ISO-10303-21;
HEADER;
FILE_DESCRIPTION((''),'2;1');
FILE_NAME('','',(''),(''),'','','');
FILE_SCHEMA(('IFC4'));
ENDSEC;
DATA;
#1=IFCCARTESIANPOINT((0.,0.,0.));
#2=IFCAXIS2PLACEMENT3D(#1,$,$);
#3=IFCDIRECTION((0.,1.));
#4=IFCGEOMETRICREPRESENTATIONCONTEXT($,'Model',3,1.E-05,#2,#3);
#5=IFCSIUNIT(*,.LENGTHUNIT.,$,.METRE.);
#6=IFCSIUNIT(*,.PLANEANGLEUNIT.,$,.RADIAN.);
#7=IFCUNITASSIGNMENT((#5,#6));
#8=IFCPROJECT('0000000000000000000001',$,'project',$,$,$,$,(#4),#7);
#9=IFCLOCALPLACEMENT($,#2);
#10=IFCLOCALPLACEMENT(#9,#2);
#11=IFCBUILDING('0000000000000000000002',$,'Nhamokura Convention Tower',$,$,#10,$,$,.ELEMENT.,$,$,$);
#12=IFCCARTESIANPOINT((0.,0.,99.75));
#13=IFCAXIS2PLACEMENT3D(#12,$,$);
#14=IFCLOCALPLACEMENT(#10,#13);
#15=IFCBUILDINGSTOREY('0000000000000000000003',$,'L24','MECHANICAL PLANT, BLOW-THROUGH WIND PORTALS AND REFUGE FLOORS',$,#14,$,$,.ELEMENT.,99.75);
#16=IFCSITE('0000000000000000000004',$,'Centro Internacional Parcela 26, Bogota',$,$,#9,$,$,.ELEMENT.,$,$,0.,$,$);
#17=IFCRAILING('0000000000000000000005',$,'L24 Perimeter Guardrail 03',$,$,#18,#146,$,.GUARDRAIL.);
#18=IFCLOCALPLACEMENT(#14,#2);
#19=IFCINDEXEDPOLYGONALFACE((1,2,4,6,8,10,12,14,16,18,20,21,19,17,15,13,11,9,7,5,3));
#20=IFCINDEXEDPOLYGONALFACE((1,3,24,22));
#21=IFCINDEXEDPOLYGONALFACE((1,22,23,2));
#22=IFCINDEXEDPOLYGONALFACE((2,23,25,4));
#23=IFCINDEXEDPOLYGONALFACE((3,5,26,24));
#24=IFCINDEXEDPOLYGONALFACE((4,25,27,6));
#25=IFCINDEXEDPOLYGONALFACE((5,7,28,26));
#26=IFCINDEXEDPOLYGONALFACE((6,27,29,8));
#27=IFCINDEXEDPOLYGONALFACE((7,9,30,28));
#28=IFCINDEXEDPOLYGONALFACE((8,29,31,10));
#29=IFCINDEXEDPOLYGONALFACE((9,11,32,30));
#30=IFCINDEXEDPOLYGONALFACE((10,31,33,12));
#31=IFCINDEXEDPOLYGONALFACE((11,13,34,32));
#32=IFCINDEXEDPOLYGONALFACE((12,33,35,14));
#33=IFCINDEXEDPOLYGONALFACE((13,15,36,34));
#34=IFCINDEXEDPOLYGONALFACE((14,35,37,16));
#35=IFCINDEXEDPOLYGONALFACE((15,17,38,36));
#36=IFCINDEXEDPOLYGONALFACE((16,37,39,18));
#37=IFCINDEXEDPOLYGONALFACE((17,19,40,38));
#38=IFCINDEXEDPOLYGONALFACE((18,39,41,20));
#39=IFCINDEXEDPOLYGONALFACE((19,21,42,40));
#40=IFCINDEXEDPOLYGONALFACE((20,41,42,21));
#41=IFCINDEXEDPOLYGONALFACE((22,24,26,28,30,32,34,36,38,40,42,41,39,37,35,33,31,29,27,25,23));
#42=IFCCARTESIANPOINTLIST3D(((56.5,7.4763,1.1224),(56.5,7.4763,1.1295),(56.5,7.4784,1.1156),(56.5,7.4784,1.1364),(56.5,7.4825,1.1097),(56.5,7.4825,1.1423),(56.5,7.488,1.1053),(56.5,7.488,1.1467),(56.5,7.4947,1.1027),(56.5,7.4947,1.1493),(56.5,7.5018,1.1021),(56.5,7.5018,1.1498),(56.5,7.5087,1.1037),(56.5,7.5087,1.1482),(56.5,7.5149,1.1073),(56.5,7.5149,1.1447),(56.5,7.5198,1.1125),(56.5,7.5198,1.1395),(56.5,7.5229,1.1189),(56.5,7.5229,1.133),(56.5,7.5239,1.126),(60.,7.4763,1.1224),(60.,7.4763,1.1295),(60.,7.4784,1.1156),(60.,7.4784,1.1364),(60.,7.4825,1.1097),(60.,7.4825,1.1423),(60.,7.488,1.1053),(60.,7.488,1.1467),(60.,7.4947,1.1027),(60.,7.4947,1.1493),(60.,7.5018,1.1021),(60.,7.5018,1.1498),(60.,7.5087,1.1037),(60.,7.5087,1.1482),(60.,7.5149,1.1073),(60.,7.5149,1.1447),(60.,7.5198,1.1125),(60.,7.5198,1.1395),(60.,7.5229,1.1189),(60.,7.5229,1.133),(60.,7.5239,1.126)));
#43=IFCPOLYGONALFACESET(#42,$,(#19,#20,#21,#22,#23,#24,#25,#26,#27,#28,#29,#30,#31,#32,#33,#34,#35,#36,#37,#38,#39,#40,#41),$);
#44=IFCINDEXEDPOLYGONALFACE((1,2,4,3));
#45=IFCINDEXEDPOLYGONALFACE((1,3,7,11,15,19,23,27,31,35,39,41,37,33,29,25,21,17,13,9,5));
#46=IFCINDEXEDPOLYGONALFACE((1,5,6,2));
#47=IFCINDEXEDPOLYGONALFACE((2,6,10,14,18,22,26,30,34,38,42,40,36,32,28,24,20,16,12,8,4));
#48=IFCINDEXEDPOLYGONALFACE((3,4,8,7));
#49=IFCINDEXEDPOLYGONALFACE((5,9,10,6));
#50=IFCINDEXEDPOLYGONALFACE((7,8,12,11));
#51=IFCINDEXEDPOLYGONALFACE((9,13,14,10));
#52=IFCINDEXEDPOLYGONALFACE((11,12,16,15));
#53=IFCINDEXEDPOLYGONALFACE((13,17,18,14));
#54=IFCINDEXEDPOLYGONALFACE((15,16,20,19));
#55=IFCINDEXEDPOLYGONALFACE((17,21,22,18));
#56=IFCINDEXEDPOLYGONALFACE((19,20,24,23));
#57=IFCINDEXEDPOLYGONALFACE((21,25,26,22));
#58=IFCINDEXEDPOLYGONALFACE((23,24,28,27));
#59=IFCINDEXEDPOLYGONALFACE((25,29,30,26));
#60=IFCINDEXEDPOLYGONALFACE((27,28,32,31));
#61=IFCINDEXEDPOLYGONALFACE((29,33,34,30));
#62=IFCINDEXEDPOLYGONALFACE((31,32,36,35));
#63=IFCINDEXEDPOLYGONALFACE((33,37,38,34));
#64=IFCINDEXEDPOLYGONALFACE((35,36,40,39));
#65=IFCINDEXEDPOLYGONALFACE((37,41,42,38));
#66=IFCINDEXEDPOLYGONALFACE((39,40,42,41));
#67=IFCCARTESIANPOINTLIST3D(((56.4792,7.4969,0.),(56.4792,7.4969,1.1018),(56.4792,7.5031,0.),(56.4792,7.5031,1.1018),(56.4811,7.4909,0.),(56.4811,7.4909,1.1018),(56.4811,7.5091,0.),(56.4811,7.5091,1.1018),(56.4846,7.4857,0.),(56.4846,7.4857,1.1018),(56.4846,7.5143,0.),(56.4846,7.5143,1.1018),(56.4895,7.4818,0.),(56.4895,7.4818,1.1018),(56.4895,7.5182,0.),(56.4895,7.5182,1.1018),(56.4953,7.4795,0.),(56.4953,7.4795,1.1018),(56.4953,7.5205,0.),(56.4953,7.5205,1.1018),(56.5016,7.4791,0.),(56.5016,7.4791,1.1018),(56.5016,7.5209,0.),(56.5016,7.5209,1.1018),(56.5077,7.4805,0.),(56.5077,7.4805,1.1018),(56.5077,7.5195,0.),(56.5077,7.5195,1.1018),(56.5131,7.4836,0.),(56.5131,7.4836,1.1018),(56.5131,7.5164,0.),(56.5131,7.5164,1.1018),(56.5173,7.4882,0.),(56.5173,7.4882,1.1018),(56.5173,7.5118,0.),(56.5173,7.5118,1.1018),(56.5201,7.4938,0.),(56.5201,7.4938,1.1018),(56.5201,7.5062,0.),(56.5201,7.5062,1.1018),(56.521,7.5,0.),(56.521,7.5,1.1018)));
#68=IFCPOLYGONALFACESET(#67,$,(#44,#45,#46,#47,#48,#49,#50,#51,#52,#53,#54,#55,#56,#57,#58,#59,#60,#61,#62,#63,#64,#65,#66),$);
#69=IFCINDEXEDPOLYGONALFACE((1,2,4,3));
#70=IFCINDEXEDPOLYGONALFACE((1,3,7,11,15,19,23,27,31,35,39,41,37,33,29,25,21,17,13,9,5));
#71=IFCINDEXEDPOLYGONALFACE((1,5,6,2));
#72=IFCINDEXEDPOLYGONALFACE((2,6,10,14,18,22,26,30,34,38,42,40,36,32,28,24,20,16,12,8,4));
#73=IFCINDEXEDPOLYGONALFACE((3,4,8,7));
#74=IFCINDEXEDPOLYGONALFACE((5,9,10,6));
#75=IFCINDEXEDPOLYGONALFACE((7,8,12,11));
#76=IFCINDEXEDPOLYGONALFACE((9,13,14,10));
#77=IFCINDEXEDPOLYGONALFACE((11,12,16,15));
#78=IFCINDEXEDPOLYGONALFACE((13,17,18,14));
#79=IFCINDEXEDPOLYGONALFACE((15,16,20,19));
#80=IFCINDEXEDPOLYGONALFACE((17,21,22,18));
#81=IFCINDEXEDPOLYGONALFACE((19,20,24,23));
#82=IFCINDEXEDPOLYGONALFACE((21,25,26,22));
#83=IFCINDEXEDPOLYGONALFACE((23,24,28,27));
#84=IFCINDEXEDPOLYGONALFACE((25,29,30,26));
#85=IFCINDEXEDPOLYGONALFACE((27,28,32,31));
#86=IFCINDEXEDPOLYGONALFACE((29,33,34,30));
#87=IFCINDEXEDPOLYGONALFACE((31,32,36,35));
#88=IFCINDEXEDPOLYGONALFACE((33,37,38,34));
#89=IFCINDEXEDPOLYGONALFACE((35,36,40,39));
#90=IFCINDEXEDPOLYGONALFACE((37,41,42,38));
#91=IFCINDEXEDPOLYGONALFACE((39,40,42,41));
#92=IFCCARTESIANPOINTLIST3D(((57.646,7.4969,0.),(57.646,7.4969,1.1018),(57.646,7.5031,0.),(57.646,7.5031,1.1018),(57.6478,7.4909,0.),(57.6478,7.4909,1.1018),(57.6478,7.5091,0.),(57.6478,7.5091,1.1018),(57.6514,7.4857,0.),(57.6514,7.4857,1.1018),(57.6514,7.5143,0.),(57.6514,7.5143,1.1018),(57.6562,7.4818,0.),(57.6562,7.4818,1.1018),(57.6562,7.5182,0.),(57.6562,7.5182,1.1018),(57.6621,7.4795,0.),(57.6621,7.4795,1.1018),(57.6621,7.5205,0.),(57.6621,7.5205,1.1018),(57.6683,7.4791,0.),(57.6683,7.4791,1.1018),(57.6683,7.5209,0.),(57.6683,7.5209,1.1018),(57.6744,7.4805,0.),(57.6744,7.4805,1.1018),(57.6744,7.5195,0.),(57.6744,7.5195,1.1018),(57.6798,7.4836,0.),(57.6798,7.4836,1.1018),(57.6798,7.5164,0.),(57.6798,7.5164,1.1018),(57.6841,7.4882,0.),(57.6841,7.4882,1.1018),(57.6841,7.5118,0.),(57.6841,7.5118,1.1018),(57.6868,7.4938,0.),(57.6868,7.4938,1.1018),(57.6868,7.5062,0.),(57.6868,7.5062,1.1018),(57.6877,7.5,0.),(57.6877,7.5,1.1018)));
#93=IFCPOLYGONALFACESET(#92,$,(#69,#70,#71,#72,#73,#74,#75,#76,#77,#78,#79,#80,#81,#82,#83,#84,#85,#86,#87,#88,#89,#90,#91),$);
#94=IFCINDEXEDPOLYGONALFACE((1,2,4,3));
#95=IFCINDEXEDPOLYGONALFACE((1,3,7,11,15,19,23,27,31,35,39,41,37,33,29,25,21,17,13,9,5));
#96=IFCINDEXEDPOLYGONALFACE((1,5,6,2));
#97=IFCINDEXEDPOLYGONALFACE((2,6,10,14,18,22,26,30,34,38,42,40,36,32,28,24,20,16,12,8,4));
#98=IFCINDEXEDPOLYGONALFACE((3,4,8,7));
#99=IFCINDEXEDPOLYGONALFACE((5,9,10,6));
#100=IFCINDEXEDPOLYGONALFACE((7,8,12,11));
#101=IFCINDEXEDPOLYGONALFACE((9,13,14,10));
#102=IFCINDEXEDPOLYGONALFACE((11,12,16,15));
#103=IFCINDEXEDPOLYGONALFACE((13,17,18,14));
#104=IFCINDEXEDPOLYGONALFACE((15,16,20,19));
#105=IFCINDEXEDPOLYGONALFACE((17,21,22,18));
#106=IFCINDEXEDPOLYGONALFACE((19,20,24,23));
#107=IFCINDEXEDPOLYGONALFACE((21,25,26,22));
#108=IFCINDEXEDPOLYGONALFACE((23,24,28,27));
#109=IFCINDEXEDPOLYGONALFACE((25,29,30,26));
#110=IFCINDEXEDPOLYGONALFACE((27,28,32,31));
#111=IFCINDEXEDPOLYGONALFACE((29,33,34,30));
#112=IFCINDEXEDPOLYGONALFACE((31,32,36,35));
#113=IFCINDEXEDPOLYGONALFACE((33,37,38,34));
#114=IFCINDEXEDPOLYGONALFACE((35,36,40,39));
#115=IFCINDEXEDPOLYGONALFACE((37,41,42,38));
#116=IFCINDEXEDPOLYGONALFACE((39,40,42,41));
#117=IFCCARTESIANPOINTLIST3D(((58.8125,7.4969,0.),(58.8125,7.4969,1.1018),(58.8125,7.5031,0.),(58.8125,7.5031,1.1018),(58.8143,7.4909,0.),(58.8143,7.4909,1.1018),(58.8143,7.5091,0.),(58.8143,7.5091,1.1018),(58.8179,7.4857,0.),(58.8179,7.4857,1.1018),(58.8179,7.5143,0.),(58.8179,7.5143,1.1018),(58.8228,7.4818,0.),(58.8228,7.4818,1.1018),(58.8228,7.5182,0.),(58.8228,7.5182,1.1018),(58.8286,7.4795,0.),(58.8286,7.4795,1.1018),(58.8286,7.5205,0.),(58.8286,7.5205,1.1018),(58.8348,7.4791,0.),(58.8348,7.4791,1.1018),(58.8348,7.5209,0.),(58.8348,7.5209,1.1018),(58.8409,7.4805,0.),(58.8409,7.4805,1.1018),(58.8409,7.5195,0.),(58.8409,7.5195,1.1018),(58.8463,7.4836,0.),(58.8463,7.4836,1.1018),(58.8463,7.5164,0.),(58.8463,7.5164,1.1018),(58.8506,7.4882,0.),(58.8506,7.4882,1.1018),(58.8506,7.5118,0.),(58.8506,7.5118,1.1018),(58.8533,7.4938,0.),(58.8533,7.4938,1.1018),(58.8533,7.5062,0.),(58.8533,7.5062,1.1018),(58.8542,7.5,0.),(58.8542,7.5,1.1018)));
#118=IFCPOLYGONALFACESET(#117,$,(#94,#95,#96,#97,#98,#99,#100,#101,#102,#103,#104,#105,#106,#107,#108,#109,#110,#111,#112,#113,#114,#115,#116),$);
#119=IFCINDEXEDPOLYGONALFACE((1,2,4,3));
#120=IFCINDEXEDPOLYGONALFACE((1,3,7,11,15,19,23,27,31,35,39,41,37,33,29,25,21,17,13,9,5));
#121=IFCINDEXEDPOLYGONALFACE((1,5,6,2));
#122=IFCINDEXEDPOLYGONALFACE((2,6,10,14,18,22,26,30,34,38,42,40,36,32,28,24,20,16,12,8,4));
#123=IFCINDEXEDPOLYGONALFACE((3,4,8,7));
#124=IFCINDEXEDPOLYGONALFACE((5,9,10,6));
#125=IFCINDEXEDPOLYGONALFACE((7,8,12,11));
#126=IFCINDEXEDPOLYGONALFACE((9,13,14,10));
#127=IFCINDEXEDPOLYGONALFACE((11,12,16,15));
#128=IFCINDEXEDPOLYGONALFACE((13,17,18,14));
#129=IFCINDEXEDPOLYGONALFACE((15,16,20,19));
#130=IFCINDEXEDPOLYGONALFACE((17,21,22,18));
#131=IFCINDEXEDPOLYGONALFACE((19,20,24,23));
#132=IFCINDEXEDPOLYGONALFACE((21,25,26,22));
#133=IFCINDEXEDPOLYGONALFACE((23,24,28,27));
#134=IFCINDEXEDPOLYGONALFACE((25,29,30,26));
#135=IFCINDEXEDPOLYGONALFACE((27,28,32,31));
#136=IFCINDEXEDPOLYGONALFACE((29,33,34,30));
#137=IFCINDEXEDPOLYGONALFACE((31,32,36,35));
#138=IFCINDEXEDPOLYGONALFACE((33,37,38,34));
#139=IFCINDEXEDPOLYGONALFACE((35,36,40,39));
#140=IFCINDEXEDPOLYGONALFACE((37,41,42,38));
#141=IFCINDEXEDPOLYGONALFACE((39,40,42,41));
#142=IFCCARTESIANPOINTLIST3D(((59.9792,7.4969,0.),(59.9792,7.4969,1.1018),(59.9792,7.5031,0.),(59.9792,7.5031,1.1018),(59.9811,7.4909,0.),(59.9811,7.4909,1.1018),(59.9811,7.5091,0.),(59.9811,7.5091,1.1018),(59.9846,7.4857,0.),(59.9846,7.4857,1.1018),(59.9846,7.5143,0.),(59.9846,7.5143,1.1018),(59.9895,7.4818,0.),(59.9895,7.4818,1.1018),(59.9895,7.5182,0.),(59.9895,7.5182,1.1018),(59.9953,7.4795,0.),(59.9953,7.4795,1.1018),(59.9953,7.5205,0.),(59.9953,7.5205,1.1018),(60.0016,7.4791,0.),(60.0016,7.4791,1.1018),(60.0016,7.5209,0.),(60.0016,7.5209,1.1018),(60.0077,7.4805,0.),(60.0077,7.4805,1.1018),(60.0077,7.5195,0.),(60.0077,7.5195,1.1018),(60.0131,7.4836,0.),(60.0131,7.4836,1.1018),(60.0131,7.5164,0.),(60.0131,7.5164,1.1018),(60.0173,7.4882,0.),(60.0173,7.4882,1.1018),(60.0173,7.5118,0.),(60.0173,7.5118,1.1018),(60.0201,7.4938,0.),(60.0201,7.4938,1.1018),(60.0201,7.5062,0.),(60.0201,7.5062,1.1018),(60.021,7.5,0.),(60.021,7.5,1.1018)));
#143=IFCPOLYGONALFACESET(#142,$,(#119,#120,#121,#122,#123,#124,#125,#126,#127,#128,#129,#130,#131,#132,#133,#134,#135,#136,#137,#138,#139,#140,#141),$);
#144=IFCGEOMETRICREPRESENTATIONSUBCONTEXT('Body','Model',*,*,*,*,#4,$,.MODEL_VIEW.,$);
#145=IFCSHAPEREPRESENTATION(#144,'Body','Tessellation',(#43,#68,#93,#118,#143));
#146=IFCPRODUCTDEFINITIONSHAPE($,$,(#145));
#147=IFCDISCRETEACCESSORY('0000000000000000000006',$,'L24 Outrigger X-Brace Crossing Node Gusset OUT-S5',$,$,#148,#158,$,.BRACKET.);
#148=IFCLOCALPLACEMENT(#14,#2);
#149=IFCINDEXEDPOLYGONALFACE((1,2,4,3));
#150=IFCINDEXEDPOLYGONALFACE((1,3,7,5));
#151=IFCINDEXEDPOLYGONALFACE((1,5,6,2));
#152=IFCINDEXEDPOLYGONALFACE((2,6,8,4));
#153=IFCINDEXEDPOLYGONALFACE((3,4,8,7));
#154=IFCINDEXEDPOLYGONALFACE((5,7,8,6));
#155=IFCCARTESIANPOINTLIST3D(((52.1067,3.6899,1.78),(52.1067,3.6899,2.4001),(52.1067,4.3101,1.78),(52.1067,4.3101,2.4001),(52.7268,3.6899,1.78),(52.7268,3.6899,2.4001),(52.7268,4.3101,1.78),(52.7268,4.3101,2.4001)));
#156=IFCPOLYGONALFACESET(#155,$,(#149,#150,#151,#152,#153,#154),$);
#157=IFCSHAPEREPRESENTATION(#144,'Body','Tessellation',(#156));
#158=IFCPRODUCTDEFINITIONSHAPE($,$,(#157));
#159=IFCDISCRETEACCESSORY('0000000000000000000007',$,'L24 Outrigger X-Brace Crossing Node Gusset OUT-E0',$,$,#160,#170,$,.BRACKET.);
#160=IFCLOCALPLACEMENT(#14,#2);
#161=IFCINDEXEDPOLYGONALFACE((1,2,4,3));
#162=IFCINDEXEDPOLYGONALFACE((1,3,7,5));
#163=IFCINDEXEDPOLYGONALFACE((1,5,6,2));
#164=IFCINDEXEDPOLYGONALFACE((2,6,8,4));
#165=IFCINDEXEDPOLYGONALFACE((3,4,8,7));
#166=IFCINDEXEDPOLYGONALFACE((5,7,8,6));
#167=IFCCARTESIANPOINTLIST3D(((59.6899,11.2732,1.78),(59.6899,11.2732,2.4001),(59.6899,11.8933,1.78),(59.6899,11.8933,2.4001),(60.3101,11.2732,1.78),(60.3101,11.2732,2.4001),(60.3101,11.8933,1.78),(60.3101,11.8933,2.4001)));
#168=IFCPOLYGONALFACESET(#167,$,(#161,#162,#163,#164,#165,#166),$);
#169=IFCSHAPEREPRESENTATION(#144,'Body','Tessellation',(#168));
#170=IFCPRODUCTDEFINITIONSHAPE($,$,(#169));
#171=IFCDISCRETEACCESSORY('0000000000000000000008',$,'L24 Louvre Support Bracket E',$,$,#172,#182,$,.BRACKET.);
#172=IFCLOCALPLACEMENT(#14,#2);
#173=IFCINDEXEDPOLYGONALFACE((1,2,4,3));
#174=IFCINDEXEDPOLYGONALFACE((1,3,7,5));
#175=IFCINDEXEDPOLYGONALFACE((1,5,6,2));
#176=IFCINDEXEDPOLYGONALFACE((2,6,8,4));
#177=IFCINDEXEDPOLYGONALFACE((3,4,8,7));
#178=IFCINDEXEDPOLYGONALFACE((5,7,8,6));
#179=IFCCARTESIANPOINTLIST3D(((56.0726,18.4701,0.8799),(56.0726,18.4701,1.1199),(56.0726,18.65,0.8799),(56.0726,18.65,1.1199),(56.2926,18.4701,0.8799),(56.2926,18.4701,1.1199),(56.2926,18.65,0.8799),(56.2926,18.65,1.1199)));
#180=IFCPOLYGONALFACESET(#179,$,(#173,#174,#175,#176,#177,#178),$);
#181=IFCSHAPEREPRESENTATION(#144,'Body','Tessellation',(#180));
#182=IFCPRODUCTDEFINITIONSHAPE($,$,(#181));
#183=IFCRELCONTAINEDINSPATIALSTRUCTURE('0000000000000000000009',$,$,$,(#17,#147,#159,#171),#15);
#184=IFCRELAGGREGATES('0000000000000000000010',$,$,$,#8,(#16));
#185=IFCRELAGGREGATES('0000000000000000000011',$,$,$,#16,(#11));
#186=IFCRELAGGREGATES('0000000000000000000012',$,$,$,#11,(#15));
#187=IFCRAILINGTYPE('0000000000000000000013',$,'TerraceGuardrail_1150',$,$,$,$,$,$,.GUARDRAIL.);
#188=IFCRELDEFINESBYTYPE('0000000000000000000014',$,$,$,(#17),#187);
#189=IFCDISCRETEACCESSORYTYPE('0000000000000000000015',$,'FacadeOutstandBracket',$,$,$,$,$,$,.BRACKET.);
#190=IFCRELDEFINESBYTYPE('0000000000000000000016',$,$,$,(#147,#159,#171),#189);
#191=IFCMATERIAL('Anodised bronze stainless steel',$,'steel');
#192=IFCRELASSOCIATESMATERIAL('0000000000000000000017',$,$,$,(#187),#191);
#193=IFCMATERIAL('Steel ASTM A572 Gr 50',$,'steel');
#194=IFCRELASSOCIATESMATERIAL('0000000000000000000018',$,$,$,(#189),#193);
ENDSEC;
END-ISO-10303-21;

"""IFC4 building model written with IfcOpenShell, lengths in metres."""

from ifc_helpers import new_model, si_unit, direction, frame, origin, origin_2d, place, context, subcontext, project, spatial, rectangle, circle, extrude, material, type_object, element, save


model = new_model("IFC4")

# Units and contexts
model_context = context("Model", 3, precision=1e-05, world=origin(), true_north=direction((0.0, 1.0)))
body_context = subcontext(model_context, "Body", "Model", "MODEL_VIEW")
ifc_project = project(units=[si_unit("LENGTHUNIT", "METRE"), si_unit("PLANEANGLEUNIT", "RADIAN")], contexts=[model_context])

# Site, building, storey
site_placement = place(None, origin())
site = spatial("IfcSite", under=ifc_project, at=site_placement, Name="Centro Internacional Parcela 26, Bogota", CompositionType="ELEMENT", RefElevation=0.0)
building_placement = place(site_placement, origin())
building = spatial("IfcBuilding", under=site, at=building_placement, Name="Nhamokura Convention Tower", CompositionType="ELEMENT")
storey_placement = place(building_placement, frame((0.0, 0.0, 99.75)))
storey = spatial("IfcBuildingStorey", under=building, at=storey_placement, Name="L24", Description="MECHANICAL PLANT, BLOW-THROUGH WIND PORTALS AND REFUGE FLOORS", CompositionType="ELEMENT", Elevation=99.75)

# Railing
ifc_material_1 = material(Name="Anodised bronze stainless steel", Category="steel")
railing_type = type_object("IfcRailingType", Name="TerraceGuardrail_1150", PredefinedType="GUARDRAIL", material=ifc_material_1)
railing_1_placement = place(storey_placement, frame((56.5, 7.5, 0.0)))
element("IfcRailing", 1, at=railing_1_placement, inside=storey, type_object=railing_type, Name="L24 Perimeter Guardrail 03", PredefinedType="GUARDRAIL", context=body_context, shape_type="SweptSolid", body=[
    extrude(circle(Radius=0.0239, at=origin_2d()), frame((0.0, 0.0, 1.126), z_axis=(1.0, 0.0, 0.0), x_axis=(0.0, 1.0, 0.0)), (0.0, 0.0, 1.0), 3.5),
    extrude(circle(Radius=0.021, at=origin_2d()), origin(), (0.0, 0.0, 1.0), 1.1018),
    extrude(circle(Radius=0.021, at=origin_2d()), frame((1.1667, 0.0, 0.0)), (0.0, 0.0, 1.0), 1.1018),
    extrude(circle(Radius=0.021, at=origin_2d()), frame((2.3333, 0.0, 0.0)), (0.0, 0.0, 1.0), 1.1018),
    extrude(circle(Radius=0.021, at=origin_2d()), frame((3.5, 0.0, 0.0)), (0.0, 0.0, 1.0), 1.1018),
])

# Discrete accessories
ifc_material_2 = material(Name="Steel ASTM A572 Gr 50", Category="steel")
discrete_accessory_type = type_object("IfcDiscreteAccessoryType", Name="FacadeOutstandBracket", PredefinedType="BRACKET", material=ifc_material_2)
for number, where, z_axis, x_axis, name in (
    (2, (52.4167, 4.0, 1.78), (0.0, 0.0, 1.0), (1.0, 0.0, 0.0), "L24 Outrigger X-Brace Crossing Node Gusset OUT-S5"),
    (3, (60.0, 11.5833, 1.78), (0.0, 0.0, 1.0), (1.0, 0.0, 0.0), "L24 Outrigger X-Brace Crossing Node Gusset OUT-E0"),
):
    element("IfcDiscreteAccessory", number, at=place(storey_placement, frame(where, z_axis=z_axis, x_axis=x_axis)), inside=storey, type_object=discrete_accessory_type, Name=name, PredefinedType="BRACKET", context=body_context, shape_type="SweptSolid", body=[
        extrude(rectangle(XDim=0.6201, YDim=0.6201, at=origin_2d()), origin(), (0.0, 0.0, 1.0), 0.6201),
    ])
discrete_accessory_placement = place(storey_placement, frame((56.1826, 18.5601, 0.8799), z_axis=(0.0, 0.0, 1.0), x_axis=(0.0, -1.0, 0.0)))
element("IfcDiscreteAccessory", 4, at=discrete_accessory_placement, inside=storey, type_object=discrete_accessory_type, Name="L24 Louvre Support Bracket E", PredefinedType="BRACKET", context=body_context, shape_type="SweptSolid", body=[
    extrude(rectangle(XDim=0.1799, YDim=0.22, at=origin_2d()), origin(), (0.0, 0.0, 1.0), 0.24),
])

save(model, "model.ifc")
